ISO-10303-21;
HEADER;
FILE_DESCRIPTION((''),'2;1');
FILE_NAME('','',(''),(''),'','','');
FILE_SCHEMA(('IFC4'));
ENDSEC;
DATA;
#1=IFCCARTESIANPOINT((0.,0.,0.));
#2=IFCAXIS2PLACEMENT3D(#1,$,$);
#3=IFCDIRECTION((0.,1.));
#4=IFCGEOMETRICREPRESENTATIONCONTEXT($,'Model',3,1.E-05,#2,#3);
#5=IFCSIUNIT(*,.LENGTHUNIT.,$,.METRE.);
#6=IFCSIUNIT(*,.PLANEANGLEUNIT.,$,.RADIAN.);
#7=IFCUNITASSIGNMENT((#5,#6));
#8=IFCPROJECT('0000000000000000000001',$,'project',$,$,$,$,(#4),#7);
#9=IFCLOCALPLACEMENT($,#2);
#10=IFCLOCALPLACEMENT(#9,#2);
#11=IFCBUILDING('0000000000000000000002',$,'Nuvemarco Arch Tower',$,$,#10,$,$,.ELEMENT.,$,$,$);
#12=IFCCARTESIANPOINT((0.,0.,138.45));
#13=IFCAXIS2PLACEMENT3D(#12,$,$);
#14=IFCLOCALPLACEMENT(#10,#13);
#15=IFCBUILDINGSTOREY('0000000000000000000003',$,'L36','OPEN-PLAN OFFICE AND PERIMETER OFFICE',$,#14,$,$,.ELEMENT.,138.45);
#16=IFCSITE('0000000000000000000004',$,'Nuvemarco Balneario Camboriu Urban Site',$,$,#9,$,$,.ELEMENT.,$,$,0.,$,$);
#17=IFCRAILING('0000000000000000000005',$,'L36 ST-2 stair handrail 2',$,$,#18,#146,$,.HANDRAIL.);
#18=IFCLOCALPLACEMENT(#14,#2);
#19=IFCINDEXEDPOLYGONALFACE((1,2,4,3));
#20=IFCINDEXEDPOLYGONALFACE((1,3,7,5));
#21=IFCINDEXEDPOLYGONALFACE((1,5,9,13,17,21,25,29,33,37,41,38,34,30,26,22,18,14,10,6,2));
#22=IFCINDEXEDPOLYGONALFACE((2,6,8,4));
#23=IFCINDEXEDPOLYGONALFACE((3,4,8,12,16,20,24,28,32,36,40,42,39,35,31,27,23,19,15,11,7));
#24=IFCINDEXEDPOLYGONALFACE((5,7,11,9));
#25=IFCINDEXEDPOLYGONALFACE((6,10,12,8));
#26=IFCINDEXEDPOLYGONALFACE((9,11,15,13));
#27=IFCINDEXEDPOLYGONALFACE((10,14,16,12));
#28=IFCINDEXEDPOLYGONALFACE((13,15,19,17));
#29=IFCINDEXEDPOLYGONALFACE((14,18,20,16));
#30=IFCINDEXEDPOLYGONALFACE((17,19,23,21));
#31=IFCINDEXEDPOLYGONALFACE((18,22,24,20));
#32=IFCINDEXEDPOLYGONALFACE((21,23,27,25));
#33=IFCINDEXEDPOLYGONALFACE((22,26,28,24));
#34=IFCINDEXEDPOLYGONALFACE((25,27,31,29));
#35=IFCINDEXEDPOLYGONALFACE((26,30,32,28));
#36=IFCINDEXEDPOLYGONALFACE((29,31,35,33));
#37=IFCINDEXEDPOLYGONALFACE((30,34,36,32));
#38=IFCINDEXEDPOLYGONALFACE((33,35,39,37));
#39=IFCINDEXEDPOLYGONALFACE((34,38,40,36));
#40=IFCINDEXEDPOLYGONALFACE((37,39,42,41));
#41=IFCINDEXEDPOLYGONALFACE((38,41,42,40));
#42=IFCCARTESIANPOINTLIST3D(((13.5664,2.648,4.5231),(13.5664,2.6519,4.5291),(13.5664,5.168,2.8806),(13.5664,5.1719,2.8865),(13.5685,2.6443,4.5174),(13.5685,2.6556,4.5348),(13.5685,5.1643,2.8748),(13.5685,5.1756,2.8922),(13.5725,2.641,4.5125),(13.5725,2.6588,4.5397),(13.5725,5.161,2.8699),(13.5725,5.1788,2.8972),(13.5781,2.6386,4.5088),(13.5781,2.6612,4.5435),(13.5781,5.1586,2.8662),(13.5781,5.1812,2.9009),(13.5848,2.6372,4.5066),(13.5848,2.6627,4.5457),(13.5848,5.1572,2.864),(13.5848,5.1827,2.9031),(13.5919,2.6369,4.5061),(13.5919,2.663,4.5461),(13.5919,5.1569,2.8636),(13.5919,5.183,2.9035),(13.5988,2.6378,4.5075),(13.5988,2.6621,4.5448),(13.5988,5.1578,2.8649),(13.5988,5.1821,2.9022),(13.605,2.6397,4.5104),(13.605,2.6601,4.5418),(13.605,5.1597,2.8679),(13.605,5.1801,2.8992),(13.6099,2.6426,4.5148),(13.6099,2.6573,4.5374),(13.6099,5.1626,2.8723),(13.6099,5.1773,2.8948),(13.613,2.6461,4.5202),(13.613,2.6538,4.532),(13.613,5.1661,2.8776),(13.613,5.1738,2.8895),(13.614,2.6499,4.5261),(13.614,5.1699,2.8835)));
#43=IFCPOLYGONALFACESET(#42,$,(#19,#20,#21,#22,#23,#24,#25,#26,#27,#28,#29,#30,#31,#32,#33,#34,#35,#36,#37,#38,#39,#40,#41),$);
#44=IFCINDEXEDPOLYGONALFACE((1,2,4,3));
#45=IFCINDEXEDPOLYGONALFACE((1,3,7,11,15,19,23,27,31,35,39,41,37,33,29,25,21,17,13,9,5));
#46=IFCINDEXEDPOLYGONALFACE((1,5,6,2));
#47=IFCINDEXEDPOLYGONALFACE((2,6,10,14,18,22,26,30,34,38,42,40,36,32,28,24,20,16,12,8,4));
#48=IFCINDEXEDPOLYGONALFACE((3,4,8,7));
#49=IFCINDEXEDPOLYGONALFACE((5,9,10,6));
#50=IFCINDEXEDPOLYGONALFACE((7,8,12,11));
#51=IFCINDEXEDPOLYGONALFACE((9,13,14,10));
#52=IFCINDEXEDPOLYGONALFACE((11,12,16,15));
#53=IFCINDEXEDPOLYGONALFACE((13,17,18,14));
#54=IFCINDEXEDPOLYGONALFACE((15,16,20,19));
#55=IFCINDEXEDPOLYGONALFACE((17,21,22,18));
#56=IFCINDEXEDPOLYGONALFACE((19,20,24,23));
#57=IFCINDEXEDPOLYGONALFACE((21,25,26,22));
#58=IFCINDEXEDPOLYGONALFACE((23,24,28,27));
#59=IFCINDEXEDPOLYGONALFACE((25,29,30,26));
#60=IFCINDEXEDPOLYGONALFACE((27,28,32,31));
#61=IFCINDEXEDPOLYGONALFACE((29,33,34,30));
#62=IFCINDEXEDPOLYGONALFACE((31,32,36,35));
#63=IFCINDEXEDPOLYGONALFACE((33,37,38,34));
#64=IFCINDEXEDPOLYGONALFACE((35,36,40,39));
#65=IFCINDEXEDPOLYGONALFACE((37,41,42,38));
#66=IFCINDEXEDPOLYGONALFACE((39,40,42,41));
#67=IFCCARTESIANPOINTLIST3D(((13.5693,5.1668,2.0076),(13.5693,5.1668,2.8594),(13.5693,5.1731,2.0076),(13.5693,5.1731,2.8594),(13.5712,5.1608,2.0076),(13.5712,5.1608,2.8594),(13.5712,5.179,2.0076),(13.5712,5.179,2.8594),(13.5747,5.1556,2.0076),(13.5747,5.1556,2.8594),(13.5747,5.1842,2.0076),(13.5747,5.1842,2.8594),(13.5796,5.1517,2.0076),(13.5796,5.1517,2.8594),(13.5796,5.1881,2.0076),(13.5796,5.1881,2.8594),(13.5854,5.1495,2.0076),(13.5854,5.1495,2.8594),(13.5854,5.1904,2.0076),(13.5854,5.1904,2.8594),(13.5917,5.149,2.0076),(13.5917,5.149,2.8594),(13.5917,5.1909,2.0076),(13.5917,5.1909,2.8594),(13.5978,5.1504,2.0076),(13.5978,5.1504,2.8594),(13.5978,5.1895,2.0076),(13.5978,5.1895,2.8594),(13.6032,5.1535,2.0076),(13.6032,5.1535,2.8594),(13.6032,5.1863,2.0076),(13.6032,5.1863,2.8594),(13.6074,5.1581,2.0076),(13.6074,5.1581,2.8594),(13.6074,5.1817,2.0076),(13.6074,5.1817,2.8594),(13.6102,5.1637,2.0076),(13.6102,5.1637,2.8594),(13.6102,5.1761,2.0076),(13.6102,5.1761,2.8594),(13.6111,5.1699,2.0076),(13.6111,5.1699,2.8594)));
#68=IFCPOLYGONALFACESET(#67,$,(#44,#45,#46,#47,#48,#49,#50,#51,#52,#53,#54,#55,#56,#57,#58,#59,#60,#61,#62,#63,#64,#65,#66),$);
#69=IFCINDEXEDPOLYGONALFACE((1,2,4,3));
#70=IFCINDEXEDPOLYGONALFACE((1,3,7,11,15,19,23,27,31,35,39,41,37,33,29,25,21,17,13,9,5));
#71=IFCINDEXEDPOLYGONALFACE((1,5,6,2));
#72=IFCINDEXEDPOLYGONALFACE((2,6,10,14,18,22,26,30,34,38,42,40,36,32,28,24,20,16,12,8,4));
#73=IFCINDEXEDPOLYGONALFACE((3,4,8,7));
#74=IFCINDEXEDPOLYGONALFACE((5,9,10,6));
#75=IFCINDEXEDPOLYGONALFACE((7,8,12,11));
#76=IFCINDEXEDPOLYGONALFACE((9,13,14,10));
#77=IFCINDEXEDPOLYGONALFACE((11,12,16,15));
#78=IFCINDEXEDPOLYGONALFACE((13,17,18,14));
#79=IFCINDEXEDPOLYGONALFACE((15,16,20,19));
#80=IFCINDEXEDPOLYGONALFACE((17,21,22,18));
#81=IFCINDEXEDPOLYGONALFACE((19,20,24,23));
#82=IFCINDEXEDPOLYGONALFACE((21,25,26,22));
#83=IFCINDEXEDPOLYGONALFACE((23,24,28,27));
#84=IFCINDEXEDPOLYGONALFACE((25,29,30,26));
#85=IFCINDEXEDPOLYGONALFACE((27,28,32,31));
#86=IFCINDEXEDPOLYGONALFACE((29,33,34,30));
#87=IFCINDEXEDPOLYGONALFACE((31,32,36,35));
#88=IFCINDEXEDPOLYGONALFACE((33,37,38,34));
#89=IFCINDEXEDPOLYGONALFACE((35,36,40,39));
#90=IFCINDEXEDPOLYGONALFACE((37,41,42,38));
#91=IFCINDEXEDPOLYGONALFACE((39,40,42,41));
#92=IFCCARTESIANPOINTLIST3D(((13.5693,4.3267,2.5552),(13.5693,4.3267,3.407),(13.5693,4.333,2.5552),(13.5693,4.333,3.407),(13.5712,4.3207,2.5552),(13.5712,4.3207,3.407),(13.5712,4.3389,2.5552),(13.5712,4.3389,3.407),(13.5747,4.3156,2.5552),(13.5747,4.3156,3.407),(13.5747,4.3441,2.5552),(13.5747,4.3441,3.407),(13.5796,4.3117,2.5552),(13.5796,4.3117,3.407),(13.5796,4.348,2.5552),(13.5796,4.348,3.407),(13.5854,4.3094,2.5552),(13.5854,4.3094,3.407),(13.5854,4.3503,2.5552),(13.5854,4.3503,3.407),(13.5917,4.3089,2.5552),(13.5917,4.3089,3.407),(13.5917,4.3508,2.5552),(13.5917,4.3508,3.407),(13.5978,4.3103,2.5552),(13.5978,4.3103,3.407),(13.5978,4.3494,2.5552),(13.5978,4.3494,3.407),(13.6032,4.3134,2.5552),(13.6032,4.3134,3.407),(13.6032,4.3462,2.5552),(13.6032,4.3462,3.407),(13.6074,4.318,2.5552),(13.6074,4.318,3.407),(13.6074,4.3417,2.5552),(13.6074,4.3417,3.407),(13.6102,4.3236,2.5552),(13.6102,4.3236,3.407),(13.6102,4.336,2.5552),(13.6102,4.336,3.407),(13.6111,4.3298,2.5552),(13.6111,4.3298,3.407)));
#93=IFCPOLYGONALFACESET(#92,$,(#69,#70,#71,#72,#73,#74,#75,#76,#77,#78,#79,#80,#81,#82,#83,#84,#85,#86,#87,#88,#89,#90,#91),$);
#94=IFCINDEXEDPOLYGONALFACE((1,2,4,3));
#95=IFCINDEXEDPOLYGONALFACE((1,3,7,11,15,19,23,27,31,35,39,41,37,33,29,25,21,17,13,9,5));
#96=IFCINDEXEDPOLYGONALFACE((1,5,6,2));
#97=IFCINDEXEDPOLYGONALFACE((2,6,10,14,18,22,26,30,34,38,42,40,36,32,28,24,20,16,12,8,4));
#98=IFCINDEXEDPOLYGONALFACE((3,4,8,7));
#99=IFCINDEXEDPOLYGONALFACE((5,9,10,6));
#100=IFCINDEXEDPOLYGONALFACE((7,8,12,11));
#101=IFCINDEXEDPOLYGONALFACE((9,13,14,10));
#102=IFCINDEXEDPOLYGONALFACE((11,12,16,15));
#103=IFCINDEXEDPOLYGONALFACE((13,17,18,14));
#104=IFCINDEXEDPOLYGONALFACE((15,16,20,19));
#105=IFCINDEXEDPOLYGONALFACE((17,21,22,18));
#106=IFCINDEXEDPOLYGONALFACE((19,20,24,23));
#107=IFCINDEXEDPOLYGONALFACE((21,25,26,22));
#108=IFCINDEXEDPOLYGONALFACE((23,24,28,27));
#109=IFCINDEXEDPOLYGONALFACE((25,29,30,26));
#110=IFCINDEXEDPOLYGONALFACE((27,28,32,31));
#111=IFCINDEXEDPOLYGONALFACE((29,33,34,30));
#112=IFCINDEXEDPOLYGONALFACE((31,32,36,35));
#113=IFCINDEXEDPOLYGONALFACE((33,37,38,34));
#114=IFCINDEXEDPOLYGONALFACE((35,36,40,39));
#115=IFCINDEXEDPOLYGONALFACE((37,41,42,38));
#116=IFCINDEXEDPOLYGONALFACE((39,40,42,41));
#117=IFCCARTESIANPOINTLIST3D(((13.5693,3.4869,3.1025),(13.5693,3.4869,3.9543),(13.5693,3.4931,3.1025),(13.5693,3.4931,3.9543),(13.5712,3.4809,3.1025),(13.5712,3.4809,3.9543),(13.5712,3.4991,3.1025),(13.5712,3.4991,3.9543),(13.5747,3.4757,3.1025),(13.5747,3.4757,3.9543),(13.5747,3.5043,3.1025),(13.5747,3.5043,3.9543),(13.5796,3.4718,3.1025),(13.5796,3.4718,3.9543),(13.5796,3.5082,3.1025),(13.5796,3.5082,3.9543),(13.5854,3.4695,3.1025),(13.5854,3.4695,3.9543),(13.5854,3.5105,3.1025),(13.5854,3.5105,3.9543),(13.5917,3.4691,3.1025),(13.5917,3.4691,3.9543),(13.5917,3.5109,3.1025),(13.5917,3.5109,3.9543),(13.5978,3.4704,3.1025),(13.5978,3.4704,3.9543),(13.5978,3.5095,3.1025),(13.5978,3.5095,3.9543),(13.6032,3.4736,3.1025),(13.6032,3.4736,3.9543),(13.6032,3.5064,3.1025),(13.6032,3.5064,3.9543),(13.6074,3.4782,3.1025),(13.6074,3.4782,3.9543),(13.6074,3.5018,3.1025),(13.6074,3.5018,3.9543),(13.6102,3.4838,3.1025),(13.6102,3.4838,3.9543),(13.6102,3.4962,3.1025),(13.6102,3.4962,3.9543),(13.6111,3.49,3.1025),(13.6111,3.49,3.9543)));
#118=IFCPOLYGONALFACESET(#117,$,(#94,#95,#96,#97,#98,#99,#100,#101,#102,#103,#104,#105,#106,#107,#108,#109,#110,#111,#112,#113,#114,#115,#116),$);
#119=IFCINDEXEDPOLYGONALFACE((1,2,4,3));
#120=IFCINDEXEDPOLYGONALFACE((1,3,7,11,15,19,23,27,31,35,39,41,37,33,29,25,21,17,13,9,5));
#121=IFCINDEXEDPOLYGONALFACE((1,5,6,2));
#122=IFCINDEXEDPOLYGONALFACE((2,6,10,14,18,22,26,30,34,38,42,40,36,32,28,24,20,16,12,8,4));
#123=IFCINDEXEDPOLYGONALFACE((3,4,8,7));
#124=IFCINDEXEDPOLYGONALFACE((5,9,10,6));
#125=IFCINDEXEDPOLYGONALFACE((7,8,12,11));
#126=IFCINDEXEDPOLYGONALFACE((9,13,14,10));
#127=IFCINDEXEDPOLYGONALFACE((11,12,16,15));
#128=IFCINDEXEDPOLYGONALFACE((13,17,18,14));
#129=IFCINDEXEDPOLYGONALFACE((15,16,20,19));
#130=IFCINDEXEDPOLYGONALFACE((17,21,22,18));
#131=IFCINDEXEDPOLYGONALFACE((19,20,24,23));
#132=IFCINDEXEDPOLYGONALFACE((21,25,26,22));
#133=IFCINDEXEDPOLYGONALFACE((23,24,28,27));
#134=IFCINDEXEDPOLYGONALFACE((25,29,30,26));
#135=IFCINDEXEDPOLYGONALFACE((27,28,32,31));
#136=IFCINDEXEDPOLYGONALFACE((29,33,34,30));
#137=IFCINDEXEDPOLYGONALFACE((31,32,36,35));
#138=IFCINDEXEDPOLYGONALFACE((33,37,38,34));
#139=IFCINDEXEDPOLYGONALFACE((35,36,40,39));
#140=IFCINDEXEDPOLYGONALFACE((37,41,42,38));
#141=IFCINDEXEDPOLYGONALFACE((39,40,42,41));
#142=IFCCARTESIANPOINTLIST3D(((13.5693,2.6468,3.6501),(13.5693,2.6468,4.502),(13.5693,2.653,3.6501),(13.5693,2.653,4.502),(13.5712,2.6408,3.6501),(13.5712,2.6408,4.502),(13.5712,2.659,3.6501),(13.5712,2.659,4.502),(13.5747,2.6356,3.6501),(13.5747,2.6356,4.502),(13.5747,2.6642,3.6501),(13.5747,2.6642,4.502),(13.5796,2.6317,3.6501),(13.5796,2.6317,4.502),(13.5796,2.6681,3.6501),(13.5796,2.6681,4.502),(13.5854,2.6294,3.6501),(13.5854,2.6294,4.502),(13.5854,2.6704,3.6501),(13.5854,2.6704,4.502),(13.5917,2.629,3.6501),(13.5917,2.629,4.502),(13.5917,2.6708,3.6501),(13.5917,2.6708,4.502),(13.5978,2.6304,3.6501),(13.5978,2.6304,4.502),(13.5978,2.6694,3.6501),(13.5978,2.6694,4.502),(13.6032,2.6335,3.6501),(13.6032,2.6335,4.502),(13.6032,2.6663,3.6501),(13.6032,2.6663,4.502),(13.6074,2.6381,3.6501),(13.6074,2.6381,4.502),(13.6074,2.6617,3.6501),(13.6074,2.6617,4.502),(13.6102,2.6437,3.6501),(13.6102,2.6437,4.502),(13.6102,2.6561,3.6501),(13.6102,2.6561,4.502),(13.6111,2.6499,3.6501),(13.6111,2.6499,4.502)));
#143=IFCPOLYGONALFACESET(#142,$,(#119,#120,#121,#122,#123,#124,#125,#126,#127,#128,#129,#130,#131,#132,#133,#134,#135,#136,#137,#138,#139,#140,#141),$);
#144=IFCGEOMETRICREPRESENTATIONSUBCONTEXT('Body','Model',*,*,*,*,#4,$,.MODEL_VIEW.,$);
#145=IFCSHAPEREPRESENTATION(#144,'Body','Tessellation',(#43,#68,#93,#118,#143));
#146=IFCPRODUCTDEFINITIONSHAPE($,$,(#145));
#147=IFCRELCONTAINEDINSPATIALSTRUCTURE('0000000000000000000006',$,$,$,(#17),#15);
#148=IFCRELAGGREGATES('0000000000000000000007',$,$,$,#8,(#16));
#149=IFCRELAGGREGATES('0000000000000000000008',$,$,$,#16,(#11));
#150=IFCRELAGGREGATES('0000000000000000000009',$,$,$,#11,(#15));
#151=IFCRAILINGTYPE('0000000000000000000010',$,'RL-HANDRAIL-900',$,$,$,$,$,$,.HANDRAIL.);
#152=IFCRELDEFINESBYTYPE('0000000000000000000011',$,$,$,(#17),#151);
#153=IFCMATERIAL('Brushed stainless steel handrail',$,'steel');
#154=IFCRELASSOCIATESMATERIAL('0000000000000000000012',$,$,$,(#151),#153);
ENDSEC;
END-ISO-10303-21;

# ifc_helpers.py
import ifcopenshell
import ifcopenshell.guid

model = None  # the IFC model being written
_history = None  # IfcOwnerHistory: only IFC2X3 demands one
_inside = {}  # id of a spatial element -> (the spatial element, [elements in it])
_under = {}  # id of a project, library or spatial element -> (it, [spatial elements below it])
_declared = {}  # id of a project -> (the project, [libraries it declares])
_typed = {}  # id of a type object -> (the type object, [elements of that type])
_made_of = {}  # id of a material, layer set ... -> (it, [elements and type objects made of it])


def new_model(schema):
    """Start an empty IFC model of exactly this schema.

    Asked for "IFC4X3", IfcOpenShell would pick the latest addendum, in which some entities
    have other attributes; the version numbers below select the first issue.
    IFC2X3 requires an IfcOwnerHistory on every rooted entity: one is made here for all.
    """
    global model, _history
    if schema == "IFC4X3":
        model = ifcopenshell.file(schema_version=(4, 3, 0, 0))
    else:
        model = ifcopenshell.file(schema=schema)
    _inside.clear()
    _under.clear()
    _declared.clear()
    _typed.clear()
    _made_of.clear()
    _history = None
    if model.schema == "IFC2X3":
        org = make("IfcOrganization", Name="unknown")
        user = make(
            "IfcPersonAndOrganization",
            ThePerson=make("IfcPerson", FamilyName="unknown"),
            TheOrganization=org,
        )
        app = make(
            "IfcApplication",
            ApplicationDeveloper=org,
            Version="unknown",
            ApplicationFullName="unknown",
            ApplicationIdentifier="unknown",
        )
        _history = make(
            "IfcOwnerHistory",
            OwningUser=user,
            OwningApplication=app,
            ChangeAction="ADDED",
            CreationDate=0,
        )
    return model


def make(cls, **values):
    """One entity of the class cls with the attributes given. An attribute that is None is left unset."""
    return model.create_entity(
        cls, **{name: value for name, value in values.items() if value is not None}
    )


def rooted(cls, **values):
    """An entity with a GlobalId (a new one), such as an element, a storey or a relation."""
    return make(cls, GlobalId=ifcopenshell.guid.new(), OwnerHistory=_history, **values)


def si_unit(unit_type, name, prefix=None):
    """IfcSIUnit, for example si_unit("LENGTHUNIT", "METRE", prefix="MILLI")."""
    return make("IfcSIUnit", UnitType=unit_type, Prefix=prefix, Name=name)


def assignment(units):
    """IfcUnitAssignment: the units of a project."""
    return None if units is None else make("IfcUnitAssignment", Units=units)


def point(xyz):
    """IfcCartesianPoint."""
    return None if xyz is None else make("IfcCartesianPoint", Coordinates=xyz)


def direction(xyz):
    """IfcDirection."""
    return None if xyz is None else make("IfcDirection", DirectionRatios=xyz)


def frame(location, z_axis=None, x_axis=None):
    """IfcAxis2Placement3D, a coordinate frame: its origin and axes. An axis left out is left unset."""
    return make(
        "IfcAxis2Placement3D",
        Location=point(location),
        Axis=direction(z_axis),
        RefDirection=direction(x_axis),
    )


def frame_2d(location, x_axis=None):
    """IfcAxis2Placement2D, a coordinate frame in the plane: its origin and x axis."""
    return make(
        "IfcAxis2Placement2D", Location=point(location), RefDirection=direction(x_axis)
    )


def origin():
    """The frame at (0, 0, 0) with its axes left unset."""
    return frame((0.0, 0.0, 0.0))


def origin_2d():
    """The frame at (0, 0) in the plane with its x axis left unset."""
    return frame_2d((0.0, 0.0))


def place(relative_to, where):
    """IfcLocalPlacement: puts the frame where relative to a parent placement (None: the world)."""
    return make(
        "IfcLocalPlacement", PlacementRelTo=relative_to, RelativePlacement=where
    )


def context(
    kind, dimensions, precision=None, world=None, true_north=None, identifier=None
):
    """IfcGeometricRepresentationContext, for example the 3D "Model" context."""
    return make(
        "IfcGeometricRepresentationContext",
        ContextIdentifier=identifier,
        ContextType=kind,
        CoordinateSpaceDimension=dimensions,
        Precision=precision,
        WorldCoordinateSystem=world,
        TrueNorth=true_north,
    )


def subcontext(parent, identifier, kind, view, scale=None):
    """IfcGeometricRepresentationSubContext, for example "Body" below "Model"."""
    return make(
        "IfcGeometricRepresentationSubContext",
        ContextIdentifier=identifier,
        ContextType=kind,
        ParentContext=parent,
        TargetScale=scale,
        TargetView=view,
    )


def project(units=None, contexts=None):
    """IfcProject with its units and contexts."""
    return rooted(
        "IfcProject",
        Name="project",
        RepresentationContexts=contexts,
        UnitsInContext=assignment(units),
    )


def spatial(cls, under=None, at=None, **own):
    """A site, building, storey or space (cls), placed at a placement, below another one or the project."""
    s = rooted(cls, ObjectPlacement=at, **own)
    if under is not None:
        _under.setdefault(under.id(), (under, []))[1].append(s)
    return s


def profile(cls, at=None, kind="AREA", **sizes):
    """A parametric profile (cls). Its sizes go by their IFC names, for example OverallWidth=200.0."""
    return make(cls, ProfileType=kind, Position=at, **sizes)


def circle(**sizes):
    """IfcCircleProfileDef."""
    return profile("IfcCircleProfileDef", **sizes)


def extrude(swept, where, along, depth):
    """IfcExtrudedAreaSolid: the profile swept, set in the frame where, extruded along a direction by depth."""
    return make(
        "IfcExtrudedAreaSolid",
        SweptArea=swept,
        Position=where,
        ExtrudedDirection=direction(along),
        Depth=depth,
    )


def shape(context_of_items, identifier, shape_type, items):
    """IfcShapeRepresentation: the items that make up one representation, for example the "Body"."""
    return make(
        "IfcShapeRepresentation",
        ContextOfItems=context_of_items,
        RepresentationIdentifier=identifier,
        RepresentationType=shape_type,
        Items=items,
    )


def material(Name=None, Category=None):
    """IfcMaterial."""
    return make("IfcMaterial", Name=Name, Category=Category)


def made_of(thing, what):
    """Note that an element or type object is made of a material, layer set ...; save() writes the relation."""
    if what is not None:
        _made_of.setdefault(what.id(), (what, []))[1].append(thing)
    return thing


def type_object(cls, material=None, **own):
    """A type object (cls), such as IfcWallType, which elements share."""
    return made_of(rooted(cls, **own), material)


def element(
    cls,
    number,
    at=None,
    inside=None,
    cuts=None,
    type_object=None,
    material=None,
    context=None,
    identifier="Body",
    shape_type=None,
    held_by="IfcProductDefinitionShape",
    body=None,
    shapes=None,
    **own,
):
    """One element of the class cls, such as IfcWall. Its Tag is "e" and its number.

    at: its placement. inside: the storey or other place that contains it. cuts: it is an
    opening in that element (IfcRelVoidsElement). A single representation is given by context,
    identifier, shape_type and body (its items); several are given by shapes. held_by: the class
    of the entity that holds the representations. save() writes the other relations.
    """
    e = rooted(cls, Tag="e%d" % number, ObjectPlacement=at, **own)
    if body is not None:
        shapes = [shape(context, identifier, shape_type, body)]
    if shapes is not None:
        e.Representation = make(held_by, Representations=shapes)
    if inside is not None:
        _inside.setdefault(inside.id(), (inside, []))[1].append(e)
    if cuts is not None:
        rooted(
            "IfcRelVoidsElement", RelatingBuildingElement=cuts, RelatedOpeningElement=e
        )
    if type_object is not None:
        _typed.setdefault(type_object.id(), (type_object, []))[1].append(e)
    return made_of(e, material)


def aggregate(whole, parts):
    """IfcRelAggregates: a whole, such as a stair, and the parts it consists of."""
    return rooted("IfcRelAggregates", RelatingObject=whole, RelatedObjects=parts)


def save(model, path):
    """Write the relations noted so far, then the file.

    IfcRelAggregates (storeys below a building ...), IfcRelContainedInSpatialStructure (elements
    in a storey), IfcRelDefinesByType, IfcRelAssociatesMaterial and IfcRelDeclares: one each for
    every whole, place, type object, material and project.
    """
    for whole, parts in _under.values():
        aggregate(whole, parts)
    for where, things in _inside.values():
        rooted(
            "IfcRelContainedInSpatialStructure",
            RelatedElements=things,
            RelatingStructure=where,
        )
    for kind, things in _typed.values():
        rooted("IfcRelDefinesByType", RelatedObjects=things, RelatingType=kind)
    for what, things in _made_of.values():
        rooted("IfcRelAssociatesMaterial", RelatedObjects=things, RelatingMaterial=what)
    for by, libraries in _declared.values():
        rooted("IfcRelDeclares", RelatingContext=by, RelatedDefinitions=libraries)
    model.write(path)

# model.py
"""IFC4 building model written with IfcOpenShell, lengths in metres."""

from ifc_helpers import new_model, si_unit, direction, frame, origin, origin_2d, place, context, subcontext, project, spatial, circle, extrude, material, type_object, element, save


model = new_model("IFC4")

# Units and contexts
model_context = context("Model", 3, precision=1e-05, world=origin(), true_north=direction((0.0, 1.0)))
body_context = subcontext(model_context, "Body", "Model", "MODEL_VIEW")
ifc_project = project(units=[si_unit("LENGTHUNIT", "METRE"), si_unit("PLANEANGLEUNIT", "RADIAN")], contexts=[model_context])

# Site, building, storey
site_placement = place(None, origin())
site = spatial("IfcSite", under=ifc_project, at=site_placement, Name="Nuvemarco Balneario Camboriu Urban Site", CompositionType="ELEMENT", RefElevation=0.0)
building_placement = place(site_placement, origin())
building = spatial("IfcBuilding", under=site, at=building_placement, Name="Nuvemarco Arch Tower", CompositionType="ELEMENT")
storey_placement = place(building_placement, frame((0.0, 0.0, 138.45)))
storey = spatial("IfcBuildingStorey", under=building, at=storey_placement, Name="L36", Description="OPEN-PLAN OFFICE AND PERIMETER OFFICE", CompositionType="ELEMENT", Elevation=138.45)

# Railing
ifc_material_1 = material(Name="Brushed stainless steel handrail", Category="steel")
railing_type = type_object("IfcRailingType", Name="RL-HANDRAIL-900", PredefinedType="HANDRAIL", material=ifc_material_1)
railing_placement = place(storey_placement, frame((13.5901, 5.1699, 2.0076)))
element("IfcRailing", 1, at=railing_placement, inside=storey, type_object=railing_type, Name="L36 ST-2 stair handrail 2", PredefinedType="HANDRAIL", context=body_context, shape_type="SweptSolid", body=[
    extrude(circle(Radius=0.0239, at=origin_2d()), frame((0.0, 0.0, 0.876), z_axis=(0.0, -0.837749, 0.546055), x_axis=(1.0, 0.0, 0.0)), (0.0, 0.0, 1.0), 3.0081),
    extrude(circle(Radius=0.021, at=origin_2d()), origin(), (0.0, 0.0, 1.0), 0.8518),
    extrude(circle(Radius=0.021, at=origin_2d()), frame((0.0, -0.8401, 0.5476)), (0.0, 0.0, 1.0), 0.8518),
    extrude(circle(Radius=0.021, at=origin_2d()), frame((0.0, -1.6799, 1.095)), (0.0, 0.0, 1.0), 0.8518),
    extrude(circle(Radius=0.021, at=origin_2d()), frame((0.0, -2.52, 1.6426)), (0.0, 0.0, 1.0), 0.8518),
])

save(model, "model.ifc")
